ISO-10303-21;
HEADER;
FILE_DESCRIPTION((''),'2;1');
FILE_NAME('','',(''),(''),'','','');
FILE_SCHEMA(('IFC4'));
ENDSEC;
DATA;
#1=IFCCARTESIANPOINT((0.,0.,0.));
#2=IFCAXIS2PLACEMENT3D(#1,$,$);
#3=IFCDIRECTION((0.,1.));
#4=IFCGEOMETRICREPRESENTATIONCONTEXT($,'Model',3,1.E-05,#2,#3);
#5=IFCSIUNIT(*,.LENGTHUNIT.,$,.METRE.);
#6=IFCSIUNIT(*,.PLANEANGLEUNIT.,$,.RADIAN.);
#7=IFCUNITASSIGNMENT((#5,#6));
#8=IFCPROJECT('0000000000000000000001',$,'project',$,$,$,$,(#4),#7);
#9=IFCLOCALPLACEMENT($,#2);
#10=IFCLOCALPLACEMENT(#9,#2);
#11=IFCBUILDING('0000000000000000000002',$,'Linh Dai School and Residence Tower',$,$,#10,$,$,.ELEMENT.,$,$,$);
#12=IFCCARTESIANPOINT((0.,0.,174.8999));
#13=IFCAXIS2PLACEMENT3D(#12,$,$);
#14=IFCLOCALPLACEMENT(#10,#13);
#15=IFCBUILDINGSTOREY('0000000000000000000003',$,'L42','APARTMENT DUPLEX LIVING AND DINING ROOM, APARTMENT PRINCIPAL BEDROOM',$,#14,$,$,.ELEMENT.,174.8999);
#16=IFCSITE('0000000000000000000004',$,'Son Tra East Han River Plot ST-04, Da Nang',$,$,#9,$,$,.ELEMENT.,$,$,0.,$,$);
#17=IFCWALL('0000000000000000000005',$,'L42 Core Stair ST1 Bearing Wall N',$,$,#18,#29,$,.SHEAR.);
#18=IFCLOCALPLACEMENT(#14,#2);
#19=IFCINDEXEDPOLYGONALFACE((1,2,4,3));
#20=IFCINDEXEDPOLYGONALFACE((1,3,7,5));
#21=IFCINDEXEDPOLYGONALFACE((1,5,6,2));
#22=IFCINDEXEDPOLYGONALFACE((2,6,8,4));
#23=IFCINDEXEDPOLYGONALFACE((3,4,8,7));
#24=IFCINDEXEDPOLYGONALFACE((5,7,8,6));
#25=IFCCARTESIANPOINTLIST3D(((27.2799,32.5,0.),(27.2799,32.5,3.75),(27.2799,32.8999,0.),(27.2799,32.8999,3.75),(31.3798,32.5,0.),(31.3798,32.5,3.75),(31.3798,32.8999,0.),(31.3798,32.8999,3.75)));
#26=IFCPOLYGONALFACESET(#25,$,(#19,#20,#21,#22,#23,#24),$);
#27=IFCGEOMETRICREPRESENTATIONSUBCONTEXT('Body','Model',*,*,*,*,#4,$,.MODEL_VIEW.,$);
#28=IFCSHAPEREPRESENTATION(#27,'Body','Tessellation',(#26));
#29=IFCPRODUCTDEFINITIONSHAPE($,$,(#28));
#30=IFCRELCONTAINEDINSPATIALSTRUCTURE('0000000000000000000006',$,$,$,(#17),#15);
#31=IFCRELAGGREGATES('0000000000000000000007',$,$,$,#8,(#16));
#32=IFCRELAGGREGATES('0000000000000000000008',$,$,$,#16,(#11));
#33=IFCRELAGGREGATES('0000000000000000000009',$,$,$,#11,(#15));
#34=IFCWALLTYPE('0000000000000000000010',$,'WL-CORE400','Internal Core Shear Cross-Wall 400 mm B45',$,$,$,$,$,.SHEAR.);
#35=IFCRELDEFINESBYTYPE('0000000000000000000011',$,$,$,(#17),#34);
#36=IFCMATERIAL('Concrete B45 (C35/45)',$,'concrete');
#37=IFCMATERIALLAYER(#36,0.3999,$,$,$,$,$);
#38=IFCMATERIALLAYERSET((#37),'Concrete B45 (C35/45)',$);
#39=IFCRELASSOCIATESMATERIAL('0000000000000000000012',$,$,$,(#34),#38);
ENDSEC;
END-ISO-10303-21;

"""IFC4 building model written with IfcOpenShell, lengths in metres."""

from ifc_helpers import new_model, si_unit, direction, frame, frame_2d, origin, place, context, subcontext, project, spatial, rectangle, extrude, material, layer, layer_set, type_object, element, save


model = new_model("IFC4")

# Units and contexts
model_context = context("Model", 3, precision=1e-05, world=origin(), true_north=direction((0.0, 1.0)))
body_context = subcontext(model_context, "Body", "Model", "MODEL_VIEW")
ifc_project = project(units=[si_unit("LENGTHUNIT", "METRE"), si_unit("PLANEANGLEUNIT", "RADIAN")], contexts=[model_context])

# Site, building, storey
site_placement = place(None, origin())
site = spatial("IfcSite", under=ifc_project, at=site_placement, Name="Son Tra East Han River Plot ST-04, Da Nang", CompositionType="ELEMENT", RefElevation=0.0)
building_placement = place(site_placement, origin())
building = spatial("IfcBuilding", under=site, at=building_placement, Name="Linh Dai School and Residence Tower", CompositionType="ELEMENT")
storey_placement = place(building_placement, frame((0.0, 0.0, 174.8999)))
storey = spatial("IfcBuildingStorey", under=building, at=storey_placement, Name="L42", Description="APARTMENT DUPLEX LIVING AND DINING ROOM, APARTMENT PRINCIPAL BEDROOM", CompositionType="ELEMENT", Elevation=174.8999)

# Wall
ifc_material_1 = material(Name="Concrete B45 (C35/45)", Category="concrete")
ifc_layer_1 = layer(ifc_material_1, 0.3999)
ifc_layer_set_1 = layer_set([ifc_layer_1], Name="Concrete B45 (C35/45)")
wall_type_1 = type_object("IfcWallType", Name="WL-CORE400", Description="Internal Core Shear Cross-Wall 400 mm B45", PredefinedType="SHEAR", material=ifc_layer_set_1)
wall_1_placement = place(storey_placement, frame((27.28, 32.7, 0.0), z_axis=(0.0, 0.0, 1.0), x_axis=(1.0, 0.0, 0.0)))
element("IfcWall", 1, at=wall_1_placement, inside=storey, type_object=wall_type_1, Name="L42 Core Stair ST1 Bearing Wall N", PredefinedType="SHEAR", context=body_context, shape_type="SweptSolid", body=[
    extrude(rectangle(XDim=4.0999, YDim=0.3999, at=frame_2d((2.0498, 0.0))), origin(), (0.0, 0.0, 1.0), 3.75),
])

save(model, "model.ifc")
